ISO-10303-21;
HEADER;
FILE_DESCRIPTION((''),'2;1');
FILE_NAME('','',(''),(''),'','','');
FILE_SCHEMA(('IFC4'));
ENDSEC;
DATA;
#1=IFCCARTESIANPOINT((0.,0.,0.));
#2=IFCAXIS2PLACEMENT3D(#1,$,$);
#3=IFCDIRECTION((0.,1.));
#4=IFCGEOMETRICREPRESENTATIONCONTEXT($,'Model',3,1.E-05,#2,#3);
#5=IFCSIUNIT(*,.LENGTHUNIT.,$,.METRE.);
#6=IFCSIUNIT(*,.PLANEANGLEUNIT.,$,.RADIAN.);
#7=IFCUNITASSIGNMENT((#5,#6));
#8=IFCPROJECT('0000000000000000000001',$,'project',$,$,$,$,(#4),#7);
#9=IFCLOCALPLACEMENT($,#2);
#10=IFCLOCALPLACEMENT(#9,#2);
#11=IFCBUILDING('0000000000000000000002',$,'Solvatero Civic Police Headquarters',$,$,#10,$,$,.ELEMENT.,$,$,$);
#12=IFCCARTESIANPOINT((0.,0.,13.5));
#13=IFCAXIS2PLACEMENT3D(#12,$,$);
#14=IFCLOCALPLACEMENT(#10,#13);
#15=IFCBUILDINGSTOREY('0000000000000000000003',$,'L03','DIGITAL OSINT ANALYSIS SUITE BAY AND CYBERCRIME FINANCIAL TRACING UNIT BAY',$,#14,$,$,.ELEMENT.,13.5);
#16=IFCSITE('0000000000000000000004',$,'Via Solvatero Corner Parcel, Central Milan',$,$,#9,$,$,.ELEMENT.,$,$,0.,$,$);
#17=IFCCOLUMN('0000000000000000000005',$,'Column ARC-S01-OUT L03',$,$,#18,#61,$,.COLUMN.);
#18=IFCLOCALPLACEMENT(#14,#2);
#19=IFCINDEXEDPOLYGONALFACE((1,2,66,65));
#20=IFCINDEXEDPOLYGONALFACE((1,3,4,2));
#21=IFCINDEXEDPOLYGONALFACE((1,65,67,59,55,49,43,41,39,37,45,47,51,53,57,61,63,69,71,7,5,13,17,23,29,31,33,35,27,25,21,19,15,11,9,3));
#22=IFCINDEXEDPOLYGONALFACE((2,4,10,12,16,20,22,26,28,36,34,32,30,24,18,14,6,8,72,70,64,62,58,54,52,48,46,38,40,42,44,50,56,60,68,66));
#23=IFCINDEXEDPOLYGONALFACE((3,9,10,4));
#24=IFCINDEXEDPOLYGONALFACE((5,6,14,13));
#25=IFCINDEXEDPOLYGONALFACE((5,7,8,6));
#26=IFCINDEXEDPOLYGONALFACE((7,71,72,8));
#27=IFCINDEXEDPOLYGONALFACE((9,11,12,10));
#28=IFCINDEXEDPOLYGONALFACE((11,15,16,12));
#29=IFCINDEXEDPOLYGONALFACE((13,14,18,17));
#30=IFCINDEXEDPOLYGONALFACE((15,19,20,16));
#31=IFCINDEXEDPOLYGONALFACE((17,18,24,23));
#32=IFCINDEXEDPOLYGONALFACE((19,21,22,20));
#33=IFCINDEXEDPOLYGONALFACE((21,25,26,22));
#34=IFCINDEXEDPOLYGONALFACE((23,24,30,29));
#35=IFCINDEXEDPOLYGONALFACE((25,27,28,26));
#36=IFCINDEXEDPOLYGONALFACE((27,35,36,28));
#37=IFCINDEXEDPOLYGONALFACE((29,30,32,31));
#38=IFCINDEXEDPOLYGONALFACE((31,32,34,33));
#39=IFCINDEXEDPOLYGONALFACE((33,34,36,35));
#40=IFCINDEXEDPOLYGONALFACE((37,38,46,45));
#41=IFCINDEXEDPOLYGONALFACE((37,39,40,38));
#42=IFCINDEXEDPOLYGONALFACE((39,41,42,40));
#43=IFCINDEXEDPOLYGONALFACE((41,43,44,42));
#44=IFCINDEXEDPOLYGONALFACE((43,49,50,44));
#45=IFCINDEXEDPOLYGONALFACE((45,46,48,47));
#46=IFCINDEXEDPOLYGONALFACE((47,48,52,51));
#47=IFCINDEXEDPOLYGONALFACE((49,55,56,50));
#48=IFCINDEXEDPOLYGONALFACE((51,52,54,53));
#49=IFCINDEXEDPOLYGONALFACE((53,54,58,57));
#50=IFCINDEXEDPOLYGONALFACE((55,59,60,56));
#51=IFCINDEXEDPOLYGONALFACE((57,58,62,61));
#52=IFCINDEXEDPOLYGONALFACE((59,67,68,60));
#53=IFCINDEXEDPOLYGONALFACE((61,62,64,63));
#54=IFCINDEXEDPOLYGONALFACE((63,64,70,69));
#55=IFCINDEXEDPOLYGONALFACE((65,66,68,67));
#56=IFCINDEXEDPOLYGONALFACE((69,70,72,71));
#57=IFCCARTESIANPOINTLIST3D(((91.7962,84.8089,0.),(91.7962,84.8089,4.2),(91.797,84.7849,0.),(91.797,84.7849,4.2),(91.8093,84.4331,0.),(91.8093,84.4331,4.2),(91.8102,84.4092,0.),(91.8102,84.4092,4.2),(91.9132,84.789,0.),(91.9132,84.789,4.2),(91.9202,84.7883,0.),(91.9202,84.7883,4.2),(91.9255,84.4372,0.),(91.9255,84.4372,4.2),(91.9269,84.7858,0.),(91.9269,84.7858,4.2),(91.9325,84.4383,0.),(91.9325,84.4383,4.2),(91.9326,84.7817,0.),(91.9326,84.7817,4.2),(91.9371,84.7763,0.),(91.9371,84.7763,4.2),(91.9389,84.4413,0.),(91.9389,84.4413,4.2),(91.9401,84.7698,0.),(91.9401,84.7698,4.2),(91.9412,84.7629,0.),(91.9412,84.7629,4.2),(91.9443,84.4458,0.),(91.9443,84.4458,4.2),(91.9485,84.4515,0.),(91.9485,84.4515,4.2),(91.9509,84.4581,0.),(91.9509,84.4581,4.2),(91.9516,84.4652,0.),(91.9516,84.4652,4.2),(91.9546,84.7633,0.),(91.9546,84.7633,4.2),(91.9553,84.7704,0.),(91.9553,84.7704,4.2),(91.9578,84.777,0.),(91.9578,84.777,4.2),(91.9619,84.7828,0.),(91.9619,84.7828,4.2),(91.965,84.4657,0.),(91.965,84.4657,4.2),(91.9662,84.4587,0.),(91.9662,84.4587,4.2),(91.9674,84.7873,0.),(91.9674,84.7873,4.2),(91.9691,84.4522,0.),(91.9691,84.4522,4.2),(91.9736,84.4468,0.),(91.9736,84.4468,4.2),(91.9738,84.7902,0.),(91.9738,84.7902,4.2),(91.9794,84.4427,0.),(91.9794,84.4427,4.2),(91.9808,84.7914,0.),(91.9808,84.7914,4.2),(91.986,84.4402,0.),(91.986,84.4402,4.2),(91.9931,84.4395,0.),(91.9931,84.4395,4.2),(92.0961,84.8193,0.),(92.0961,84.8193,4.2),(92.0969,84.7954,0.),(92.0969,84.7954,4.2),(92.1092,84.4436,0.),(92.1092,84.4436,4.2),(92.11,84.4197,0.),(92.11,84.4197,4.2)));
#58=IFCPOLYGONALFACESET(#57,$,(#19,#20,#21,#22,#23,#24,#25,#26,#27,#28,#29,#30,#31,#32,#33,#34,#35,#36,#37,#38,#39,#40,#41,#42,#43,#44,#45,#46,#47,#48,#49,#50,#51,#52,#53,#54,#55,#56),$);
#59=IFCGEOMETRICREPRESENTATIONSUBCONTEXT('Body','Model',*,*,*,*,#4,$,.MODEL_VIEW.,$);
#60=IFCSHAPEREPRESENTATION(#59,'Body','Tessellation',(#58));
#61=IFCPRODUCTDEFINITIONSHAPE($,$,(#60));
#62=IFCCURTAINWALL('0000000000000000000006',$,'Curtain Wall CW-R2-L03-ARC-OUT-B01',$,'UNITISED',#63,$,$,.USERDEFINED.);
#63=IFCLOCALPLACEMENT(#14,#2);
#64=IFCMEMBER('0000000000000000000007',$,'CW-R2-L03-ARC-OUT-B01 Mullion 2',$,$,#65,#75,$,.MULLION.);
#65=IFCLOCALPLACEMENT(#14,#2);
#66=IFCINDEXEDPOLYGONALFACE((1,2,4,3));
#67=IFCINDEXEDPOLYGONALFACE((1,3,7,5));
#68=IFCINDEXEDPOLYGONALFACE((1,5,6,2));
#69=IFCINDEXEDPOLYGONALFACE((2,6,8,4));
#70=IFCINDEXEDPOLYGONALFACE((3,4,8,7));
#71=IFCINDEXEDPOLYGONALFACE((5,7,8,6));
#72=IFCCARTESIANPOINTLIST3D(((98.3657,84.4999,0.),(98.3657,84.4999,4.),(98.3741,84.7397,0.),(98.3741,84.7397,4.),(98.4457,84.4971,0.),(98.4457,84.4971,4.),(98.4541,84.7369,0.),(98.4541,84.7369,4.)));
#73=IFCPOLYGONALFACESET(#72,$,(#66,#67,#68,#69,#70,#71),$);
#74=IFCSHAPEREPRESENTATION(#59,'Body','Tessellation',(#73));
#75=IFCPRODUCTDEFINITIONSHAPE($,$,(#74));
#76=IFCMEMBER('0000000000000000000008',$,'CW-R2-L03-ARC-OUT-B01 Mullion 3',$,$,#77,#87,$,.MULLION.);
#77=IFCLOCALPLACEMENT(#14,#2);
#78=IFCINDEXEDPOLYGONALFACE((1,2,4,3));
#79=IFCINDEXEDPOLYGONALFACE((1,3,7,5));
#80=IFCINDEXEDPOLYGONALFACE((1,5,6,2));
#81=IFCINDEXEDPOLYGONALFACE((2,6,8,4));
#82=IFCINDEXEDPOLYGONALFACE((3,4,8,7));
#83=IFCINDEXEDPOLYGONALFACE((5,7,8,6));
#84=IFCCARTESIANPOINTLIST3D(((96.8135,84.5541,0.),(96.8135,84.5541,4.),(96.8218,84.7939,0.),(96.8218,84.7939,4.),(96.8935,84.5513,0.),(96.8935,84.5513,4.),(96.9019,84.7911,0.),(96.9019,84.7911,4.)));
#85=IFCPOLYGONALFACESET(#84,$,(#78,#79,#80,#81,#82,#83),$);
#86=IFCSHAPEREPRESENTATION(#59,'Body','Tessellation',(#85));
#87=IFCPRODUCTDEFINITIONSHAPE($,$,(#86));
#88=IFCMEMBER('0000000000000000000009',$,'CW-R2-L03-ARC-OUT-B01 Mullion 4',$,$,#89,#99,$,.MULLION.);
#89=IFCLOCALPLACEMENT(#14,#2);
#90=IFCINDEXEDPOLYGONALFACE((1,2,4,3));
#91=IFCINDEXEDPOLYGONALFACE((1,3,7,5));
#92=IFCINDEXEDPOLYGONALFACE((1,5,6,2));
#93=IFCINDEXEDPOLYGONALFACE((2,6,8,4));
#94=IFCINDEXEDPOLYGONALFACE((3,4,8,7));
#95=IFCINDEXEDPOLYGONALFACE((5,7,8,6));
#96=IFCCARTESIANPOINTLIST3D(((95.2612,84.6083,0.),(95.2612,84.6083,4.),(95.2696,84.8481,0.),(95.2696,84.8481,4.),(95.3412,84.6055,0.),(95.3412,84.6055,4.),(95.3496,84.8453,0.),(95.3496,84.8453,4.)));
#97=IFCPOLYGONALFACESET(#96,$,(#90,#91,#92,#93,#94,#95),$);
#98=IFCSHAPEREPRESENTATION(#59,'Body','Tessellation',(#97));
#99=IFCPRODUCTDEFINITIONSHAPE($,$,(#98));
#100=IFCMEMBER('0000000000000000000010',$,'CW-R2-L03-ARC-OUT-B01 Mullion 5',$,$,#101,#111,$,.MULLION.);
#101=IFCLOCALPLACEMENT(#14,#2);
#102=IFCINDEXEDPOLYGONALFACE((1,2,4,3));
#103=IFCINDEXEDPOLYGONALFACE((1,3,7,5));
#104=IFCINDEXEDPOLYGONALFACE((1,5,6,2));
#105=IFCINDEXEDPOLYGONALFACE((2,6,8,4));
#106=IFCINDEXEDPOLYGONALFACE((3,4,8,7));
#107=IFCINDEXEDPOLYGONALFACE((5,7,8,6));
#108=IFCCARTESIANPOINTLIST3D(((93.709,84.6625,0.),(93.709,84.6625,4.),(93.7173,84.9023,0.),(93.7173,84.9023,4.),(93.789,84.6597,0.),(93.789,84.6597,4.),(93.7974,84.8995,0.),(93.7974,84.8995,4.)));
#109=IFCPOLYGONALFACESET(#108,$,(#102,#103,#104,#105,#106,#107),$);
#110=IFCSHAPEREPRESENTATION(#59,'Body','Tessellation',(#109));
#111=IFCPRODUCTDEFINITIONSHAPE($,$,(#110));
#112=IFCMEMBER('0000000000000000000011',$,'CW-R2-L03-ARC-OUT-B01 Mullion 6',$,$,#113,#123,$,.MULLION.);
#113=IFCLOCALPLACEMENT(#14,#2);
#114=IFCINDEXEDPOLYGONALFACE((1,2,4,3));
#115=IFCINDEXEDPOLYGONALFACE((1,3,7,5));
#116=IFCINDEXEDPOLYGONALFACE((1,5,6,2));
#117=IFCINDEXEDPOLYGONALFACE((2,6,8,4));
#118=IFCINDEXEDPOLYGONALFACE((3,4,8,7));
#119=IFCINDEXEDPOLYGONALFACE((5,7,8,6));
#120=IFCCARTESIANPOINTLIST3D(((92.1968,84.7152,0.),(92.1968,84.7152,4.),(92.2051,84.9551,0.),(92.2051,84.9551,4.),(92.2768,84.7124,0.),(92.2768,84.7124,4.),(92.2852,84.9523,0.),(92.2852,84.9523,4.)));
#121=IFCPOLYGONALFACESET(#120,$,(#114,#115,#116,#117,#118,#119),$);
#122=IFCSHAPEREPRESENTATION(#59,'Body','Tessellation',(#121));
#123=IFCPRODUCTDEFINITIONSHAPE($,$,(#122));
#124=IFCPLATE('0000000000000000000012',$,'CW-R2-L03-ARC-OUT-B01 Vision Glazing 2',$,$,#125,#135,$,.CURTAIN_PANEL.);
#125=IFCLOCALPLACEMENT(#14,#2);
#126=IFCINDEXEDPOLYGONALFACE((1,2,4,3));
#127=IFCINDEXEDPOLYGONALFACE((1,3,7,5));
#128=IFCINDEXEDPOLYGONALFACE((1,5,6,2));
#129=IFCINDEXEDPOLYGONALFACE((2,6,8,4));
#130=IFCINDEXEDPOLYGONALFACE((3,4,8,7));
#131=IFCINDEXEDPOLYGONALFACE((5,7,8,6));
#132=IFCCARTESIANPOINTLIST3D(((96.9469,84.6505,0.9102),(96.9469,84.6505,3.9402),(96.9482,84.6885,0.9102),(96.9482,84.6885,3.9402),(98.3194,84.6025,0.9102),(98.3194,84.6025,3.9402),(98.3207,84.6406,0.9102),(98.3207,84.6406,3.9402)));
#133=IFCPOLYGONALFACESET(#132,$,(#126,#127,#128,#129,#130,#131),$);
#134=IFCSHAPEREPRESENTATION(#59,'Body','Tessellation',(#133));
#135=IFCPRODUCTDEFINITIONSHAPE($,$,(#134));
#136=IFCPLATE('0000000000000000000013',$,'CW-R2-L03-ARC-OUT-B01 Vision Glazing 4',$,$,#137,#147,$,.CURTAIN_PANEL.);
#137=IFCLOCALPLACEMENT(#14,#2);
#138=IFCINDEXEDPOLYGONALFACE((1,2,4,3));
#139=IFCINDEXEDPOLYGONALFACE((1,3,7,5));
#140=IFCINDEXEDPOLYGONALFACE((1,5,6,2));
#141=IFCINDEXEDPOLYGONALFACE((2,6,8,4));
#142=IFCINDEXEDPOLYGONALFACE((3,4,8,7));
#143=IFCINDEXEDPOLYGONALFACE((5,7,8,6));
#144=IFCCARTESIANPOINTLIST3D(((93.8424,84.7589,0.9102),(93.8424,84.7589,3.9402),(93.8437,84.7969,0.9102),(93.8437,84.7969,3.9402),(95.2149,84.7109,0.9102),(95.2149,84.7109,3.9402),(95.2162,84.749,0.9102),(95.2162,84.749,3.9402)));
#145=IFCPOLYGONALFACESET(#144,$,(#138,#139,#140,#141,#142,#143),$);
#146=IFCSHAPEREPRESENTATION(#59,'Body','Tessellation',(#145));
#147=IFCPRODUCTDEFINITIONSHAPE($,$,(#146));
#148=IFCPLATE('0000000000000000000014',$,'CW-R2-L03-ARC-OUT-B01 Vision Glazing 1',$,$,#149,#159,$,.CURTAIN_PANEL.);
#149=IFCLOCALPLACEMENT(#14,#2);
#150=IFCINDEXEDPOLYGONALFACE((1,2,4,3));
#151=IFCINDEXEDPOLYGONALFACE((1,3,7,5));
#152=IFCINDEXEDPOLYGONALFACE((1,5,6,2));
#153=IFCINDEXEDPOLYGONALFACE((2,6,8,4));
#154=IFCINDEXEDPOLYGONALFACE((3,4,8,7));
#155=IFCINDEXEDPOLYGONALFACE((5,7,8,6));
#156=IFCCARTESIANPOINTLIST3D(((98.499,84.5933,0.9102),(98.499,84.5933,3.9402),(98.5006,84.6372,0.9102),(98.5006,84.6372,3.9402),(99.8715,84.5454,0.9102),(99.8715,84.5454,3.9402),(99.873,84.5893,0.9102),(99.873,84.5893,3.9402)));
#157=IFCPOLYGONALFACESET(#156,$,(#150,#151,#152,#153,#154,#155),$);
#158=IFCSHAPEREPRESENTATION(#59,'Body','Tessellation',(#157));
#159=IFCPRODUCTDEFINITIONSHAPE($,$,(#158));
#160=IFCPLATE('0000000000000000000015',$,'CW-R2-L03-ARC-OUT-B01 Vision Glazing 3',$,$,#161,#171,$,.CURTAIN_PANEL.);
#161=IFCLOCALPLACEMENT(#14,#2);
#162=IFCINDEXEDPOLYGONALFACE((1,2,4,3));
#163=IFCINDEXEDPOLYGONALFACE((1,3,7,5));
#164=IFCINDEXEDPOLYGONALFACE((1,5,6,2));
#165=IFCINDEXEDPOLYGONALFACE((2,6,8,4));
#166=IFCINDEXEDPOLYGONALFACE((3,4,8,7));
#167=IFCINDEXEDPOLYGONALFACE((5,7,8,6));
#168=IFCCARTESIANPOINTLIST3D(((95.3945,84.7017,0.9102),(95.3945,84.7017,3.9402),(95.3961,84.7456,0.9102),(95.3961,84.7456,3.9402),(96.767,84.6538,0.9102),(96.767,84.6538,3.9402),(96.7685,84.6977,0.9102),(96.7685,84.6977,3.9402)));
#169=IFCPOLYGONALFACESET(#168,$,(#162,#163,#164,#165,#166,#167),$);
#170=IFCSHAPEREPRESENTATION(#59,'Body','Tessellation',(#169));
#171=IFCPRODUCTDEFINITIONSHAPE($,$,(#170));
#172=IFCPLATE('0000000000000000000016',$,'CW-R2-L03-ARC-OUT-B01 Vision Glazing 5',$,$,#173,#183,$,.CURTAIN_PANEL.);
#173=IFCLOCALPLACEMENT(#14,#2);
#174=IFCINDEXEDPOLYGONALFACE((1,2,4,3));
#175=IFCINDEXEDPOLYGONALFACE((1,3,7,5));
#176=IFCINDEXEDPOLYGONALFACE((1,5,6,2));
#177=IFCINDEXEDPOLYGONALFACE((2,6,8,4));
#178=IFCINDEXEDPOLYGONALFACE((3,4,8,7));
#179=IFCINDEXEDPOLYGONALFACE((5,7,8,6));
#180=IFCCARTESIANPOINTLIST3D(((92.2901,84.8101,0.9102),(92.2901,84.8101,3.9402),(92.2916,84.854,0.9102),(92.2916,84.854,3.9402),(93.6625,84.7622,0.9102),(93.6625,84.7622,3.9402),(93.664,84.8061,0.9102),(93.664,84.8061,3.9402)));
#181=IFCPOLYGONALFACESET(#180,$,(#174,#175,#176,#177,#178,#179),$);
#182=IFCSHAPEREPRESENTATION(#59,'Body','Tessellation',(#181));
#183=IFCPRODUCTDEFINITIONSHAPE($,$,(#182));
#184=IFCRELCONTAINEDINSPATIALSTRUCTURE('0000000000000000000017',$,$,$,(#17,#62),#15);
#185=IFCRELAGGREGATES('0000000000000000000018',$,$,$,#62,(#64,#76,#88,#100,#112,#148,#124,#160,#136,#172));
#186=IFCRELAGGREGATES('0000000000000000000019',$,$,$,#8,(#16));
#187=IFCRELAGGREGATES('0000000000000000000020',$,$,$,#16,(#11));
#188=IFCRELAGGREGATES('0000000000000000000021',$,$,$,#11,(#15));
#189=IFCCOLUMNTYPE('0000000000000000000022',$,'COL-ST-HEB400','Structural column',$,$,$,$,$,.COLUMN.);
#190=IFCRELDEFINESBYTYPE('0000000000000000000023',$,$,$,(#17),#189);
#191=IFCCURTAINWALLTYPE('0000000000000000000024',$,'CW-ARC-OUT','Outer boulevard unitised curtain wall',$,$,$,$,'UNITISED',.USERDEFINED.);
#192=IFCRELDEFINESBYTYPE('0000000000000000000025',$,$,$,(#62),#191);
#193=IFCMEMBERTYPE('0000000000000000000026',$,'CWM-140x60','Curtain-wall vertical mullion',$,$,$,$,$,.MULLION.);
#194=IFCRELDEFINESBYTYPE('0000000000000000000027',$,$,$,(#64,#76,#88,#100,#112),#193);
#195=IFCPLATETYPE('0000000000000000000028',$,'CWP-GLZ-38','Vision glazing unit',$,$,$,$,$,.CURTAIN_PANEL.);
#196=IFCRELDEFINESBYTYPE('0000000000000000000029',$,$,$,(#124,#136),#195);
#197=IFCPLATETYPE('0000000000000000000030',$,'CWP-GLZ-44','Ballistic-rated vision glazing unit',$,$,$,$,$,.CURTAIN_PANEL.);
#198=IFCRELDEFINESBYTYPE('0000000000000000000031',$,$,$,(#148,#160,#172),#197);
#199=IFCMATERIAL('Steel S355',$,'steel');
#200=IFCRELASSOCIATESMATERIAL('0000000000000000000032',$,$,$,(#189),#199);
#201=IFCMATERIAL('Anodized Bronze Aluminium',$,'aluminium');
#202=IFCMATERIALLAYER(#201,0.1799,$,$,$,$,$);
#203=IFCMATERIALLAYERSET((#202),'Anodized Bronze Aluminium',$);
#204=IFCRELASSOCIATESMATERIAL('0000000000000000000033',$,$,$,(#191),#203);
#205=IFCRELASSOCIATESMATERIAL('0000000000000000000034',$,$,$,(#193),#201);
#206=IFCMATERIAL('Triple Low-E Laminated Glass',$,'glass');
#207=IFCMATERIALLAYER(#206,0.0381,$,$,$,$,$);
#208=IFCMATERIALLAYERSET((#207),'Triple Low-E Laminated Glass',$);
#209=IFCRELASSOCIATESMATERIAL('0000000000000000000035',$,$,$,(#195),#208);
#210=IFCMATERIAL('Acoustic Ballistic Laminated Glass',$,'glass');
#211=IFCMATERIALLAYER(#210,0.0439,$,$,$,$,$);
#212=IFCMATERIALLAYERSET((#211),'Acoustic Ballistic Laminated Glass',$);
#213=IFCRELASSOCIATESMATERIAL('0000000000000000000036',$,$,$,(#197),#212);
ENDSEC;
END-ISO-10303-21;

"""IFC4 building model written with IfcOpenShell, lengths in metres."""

from ifc_helpers import new_model, si_unit, direction, frame, origin, origin_2d, place, context, subcontext, project, spatial, rectangle, i_section, extrude, material, layer, layer_set, material_profile, profile_set, type_object, element, aggregate, save


model = new_model("IFC4")

# Units and contexts
model_context = context("Model", 3, precision=1e-05, world=origin(), true_north=direction((0.0, 1.0)))
body_context = subcontext(model_context, "Body", "Model", "MODEL_VIEW")
ifc_project = project(units=[si_unit("LENGTHUNIT", "METRE"), si_unit("PLANEANGLEUNIT", "RADIAN")], contexts=[model_context])

# Site, building, storey
site_placement = place(None, origin())
site = spatial("IfcSite", under=ifc_project, at=site_placement, Name="Via Solvatero Corner Parcel, Central Milan", CompositionType="ELEMENT", RefElevation=0.0)
building_placement = place(site_placement, origin())
building = spatial("IfcBuilding", under=site, at=building_placement, Name="Solvatero Civic Police Headquarters", CompositionType="ELEMENT")
storey_placement = place(building_placement, frame((0.0, 0.0, 13.5)))
storey = spatial("IfcBuildingStorey", under=building, at=storey_placement, Name="L03", Description="DIGITAL OSINT ANALYSIS SUITE BAY AND CYBERCRIME FINANCIAL TRACING UNIT BAY", CompositionType="ELEMENT", Elevation=13.5)

# Column
ifc_material_1 = material(Name="Steel S355", Category="steel")
ifc_material_profile_1 = material_profile(ifc_material_1, i_section(OverallWidth=0.3, OverallDepth=0.3999, WebThickness=0.0134, FlangeThickness=0.0239, FilletRadius=0.0271, at=origin_2d()), Name="HEB 400")
ifc_profile_set_1 = profile_set([ifc_material_profile_1], Name="Steel S355")
column_type = type_object("IfcColumnType", Name="COL-ST-HEB400", Description="Structural column", PredefinedType="COLUMN", material=ifc_profile_set_1)
column_placement = place(storey_placement, frame((91.9531, 84.6143, 0.0), z_axis=(0.0, 0.0, 1.0), x_axis=(0.999391, 0.034899, 0.0)))
element("IfcColumn", 1, at=column_placement, inside=storey, type_object=column_type, Name="Column ARC-S01-OUT L03", PredefinedType="COLUMN", context=body_context, shape_type="SweptSolid", body=[
    extrude(i_section(OverallWidth=0.3, OverallDepth=0.3999, WebThickness=0.0134, FlangeThickness=0.0239, FilletRadius=0.0271, at=origin_2d()), origin(), (0.0, 0.0, 1.0), 4.2),
])

# Curtain wall, members, plates
ifc_material_2 = material(Name="Anodized Bronze Aluminium", Category="aluminium")
ifc_layer_1 = layer(ifc_material_2, 0.1799)
ifc_layer_set_1 = layer_set([ifc_layer_1], Name="Anodized Bronze Aluminium")
curtain_wall_type = type_object("IfcCurtainWallType", Name="CW-ARC-OUT", Description="Outer boulevard unitised curtain wall", ElementType="UNITISED", PredefinedType="USERDEFINED", material=ifc_layer_set_1)
curtain_wall_placement = place(storey_placement, origin())
curtain_wall = element("IfcCurtainWall", 2, at=curtain_wall_placement, inside=storey, type_object=curtain_wall_type, Name="Curtain Wall CW-R2-L03-ARC-OUT-B01", ObjectType="UNITISED", PredefinedType="USERDEFINED")
ifc_material_profile_2 = material_profile(ifc_material_2, rectangle(XDim=0.0801, YDim=0.24, at=origin_2d()), Name="ALU MULLION 80x240")
ifc_profile_set_2 = profile_set([ifc_material_profile_2], Name="Anodized Bronze Aluminium")
member_type = type_object("IfcMemberType", Name="CWM-140x60", Description="Curtain-wall vertical mullion", PredefinedType="MULLION", material=ifc_profile_set_2)
member_1_placement = place(storey_placement, frame((98.4099, 84.6184, 0.0), z_axis=(0.0, 0.0, 1.0), x_axis=(-0.99939, 0.034917, 0.0)))
member_1 = element("IfcMember", 3, at=member_1_placement, type_object=member_type, Name="CW-R2-L03-ARC-OUT-B01 Mullion 2", PredefinedType="MULLION", context=body_context, shape_type="SweptSolid", body=[
    extrude(rectangle(XDim=0.0801, YDim=0.24, at=origin_2d()), origin(), (0.0, 0.0, 1.0), 4.0),
])
member_2_placement = place(storey_placement, frame((96.8577, 84.6726, 0.0), z_axis=(0.0, 0.0, 1.0), x_axis=(-0.99939, 0.034917, 0.0)))
member_2 = element("IfcMember", 4, at=member_2_placement, type_object=member_type, Name="CW-R2-L03-ARC-OUT-B01 Mullion 3", PredefinedType="MULLION", context=body_context, shape_type="SweptSolid", body=[
    extrude(rectangle(XDim=0.0801, YDim=0.24, at=origin_2d()), origin(), (0.0, 0.0, 1.0), 4.0),
])
member_3_placement = place(storey_placement, frame((95.3054, 84.7268, 0.0), z_axis=(0.0, 0.0, 1.0), x_axis=(-0.99939, 0.034917, 0.0)))
member_3 = element("IfcMember", 5, at=member_3_placement, type_object=member_type, Name="CW-R2-L03-ARC-OUT-B01 Mullion 4", PredefinedType="MULLION", context=body_context, shape_type="SweptSolid", body=[
    extrude(rectangle(XDim=0.0801, YDim=0.24, at=origin_2d()), origin(), (0.0, 0.0, 1.0), 4.0),
])
member_4_placement = place(storey_placement, frame((93.7532, 84.781, 0.0), z_axis=(0.0, 0.0, 1.0), x_axis=(-0.99939, 0.034917, 0.0)))
member_4 = element("IfcMember", 6, at=member_4_placement, type_object=member_type, Name="CW-R2-L03-ARC-OUT-B01 Mullion 5", PredefinedType="MULLION", context=body_context, shape_type="SweptSolid", body=[
    extrude(rectangle(XDim=0.0801, YDim=0.24, at=origin_2d()), origin(), (0.0, 0.0, 1.0), 4.0),
])
member_5_placement = place(storey_placement, frame((92.241, 84.8337, 0.0), z_axis=(0.0, 0.0, 1.0), x_axis=(-0.99939, 0.034917, 0.0)))
member_5 = element("IfcMember", 7, at=member_5_placement, type_object=member_type, Name="CW-R2-L03-ARC-OUT-B01 Mullion 6", PredefinedType="MULLION", context=body_context, shape_type="SweptSolid", body=[
    extrude(rectangle(XDim=0.0801, YDim=0.24, at=origin_2d()), origin(), (0.0, 0.0, 1.0), 4.0),
])
ifc_material_3 = material(Name="Triple Low-E Laminated Glass", Category="glass")
ifc_layer_2 = layer(ifc_material_3, 0.0381)
ifc_layer_set_2 = layer_set([ifc_layer_2], Name="Triple Low-E Laminated Glass")
plate_type_1 = type_object("IfcPlateType", Name="CWP-GLZ-38", Description="Vision glazing unit", PredefinedType="CURTAIN_PANEL", material=ifc_layer_set_2)
plate_1_placement = place(storey_placement, frame((97.6338, 84.6455, 0.9102), z_axis=(0.0, 0.0, 1.0), x_axis=(-0.99939, 0.034917, 0.0)))
plate_1 = element("IfcPlate", 8, at=plate_1_placement, type_object=plate_type_1, Name="CW-R2-L03-ARC-OUT-B01 Vision Glazing 2", PredefinedType="CURTAIN_PANEL", context=body_context, shape_type="SweptSolid", body=[
    extrude(rectangle(XDim=1.3733, YDim=0.0381, at=origin_2d()), origin(), (0.0, 0.0, 1.0), 3.03),
])
plate_2_placement = place(storey_placement, frame((94.5293, 84.7539, 0.9102), z_axis=(0.0, 0.0, 1.0), x_axis=(-0.99939, 0.034917, 0.0)))
plate_2 = element("IfcPlate", 9, at=plate_2_placement, type_object=plate_type_1, Name="CW-R2-L03-ARC-OUT-B01 Vision Glazing 4", PredefinedType="CURTAIN_PANEL", context=body_context, shape_type="SweptSolid", body=[
    extrude(rectangle(XDim=1.3733, YDim=0.0381, at=origin_2d()), origin(), (0.0, 0.0, 1.0), 3.03),
])
ifc_material_4 = material(Name="Acoustic Ballistic Laminated Glass", Category="glass")
ifc_layer_3 = layer(ifc_material_4, 0.0439)
ifc_layer_set_3 = layer_set([ifc_layer_3], Name="Acoustic Ballistic Laminated Glass")
plate_type_2 = type_object("IfcPlateType", Name="CWP-GLZ-44", Description="Ballistic-rated vision glazing unit", PredefinedType="CURTAIN_PANEL", material=ifc_layer_set_3)
plate_3_placement = place(storey_placement, frame((99.186, 84.5913, 0.9102), z_axis=(0.0, 0.0, 1.0), x_axis=(-0.99939, 0.034917, 0.0)))
plate_3 = element("IfcPlate", 10, at=plate_3_placement, type_object=plate_type_2, Name="CW-R2-L03-ARC-OUT-B01 Vision Glazing 1", PredefinedType="CURTAIN_PANEL", context=body_context, shape_type="SweptSolid", body=[
    extrude(rectangle(XDim=1.3733, YDim=0.0439, at=origin_2d()), origin(), (0.0, 0.0, 1.0), 3.03),
])
plate_4_placement = place(storey_placement, frame((96.0815, 84.6997, 0.9102), z_axis=(0.0, 0.0, 1.0), x_axis=(-0.99939, 0.034917, 0.0)))
plate_4 = element("IfcPlate", 11, at=plate_4_placement, type_object=plate_type_2, Name="CW-R2-L03-ARC-OUT-B01 Vision Glazing 3", PredefinedType="CURTAIN_PANEL", context=body_context, shape_type="SweptSolid", body=[
    extrude(rectangle(XDim=1.3733, YDim=0.0439, at=origin_2d()), origin(), (0.0, 0.0, 1.0), 3.03),
])
plate_5_placement = place(storey_placement, frame((92.9771, 84.8081, 0.9102), z_axis=(0.0, 0.0, 1.0), x_axis=(-0.99939, 0.034917, 0.0)))
plate_5 = element("IfcPlate", 12, at=plate_5_placement, type_object=plate_type_2, Name="CW-R2-L03-ARC-OUT-B01 Vision Glazing 5", PredefinedType="CURTAIN_PANEL", context=body_context, shape_type="SweptSolid", body=[
    extrude(rectangle(XDim=1.3733, YDim=0.0439, at=origin_2d()), origin(), (0.0, 0.0, 1.0), 3.03),
])
aggregate(curtain_wall, [member_1, member_2, member_3, member_4, member_5, plate_3, plate_1, plate_4, plate_2, plate_5])

save(model, "model.ifc")
